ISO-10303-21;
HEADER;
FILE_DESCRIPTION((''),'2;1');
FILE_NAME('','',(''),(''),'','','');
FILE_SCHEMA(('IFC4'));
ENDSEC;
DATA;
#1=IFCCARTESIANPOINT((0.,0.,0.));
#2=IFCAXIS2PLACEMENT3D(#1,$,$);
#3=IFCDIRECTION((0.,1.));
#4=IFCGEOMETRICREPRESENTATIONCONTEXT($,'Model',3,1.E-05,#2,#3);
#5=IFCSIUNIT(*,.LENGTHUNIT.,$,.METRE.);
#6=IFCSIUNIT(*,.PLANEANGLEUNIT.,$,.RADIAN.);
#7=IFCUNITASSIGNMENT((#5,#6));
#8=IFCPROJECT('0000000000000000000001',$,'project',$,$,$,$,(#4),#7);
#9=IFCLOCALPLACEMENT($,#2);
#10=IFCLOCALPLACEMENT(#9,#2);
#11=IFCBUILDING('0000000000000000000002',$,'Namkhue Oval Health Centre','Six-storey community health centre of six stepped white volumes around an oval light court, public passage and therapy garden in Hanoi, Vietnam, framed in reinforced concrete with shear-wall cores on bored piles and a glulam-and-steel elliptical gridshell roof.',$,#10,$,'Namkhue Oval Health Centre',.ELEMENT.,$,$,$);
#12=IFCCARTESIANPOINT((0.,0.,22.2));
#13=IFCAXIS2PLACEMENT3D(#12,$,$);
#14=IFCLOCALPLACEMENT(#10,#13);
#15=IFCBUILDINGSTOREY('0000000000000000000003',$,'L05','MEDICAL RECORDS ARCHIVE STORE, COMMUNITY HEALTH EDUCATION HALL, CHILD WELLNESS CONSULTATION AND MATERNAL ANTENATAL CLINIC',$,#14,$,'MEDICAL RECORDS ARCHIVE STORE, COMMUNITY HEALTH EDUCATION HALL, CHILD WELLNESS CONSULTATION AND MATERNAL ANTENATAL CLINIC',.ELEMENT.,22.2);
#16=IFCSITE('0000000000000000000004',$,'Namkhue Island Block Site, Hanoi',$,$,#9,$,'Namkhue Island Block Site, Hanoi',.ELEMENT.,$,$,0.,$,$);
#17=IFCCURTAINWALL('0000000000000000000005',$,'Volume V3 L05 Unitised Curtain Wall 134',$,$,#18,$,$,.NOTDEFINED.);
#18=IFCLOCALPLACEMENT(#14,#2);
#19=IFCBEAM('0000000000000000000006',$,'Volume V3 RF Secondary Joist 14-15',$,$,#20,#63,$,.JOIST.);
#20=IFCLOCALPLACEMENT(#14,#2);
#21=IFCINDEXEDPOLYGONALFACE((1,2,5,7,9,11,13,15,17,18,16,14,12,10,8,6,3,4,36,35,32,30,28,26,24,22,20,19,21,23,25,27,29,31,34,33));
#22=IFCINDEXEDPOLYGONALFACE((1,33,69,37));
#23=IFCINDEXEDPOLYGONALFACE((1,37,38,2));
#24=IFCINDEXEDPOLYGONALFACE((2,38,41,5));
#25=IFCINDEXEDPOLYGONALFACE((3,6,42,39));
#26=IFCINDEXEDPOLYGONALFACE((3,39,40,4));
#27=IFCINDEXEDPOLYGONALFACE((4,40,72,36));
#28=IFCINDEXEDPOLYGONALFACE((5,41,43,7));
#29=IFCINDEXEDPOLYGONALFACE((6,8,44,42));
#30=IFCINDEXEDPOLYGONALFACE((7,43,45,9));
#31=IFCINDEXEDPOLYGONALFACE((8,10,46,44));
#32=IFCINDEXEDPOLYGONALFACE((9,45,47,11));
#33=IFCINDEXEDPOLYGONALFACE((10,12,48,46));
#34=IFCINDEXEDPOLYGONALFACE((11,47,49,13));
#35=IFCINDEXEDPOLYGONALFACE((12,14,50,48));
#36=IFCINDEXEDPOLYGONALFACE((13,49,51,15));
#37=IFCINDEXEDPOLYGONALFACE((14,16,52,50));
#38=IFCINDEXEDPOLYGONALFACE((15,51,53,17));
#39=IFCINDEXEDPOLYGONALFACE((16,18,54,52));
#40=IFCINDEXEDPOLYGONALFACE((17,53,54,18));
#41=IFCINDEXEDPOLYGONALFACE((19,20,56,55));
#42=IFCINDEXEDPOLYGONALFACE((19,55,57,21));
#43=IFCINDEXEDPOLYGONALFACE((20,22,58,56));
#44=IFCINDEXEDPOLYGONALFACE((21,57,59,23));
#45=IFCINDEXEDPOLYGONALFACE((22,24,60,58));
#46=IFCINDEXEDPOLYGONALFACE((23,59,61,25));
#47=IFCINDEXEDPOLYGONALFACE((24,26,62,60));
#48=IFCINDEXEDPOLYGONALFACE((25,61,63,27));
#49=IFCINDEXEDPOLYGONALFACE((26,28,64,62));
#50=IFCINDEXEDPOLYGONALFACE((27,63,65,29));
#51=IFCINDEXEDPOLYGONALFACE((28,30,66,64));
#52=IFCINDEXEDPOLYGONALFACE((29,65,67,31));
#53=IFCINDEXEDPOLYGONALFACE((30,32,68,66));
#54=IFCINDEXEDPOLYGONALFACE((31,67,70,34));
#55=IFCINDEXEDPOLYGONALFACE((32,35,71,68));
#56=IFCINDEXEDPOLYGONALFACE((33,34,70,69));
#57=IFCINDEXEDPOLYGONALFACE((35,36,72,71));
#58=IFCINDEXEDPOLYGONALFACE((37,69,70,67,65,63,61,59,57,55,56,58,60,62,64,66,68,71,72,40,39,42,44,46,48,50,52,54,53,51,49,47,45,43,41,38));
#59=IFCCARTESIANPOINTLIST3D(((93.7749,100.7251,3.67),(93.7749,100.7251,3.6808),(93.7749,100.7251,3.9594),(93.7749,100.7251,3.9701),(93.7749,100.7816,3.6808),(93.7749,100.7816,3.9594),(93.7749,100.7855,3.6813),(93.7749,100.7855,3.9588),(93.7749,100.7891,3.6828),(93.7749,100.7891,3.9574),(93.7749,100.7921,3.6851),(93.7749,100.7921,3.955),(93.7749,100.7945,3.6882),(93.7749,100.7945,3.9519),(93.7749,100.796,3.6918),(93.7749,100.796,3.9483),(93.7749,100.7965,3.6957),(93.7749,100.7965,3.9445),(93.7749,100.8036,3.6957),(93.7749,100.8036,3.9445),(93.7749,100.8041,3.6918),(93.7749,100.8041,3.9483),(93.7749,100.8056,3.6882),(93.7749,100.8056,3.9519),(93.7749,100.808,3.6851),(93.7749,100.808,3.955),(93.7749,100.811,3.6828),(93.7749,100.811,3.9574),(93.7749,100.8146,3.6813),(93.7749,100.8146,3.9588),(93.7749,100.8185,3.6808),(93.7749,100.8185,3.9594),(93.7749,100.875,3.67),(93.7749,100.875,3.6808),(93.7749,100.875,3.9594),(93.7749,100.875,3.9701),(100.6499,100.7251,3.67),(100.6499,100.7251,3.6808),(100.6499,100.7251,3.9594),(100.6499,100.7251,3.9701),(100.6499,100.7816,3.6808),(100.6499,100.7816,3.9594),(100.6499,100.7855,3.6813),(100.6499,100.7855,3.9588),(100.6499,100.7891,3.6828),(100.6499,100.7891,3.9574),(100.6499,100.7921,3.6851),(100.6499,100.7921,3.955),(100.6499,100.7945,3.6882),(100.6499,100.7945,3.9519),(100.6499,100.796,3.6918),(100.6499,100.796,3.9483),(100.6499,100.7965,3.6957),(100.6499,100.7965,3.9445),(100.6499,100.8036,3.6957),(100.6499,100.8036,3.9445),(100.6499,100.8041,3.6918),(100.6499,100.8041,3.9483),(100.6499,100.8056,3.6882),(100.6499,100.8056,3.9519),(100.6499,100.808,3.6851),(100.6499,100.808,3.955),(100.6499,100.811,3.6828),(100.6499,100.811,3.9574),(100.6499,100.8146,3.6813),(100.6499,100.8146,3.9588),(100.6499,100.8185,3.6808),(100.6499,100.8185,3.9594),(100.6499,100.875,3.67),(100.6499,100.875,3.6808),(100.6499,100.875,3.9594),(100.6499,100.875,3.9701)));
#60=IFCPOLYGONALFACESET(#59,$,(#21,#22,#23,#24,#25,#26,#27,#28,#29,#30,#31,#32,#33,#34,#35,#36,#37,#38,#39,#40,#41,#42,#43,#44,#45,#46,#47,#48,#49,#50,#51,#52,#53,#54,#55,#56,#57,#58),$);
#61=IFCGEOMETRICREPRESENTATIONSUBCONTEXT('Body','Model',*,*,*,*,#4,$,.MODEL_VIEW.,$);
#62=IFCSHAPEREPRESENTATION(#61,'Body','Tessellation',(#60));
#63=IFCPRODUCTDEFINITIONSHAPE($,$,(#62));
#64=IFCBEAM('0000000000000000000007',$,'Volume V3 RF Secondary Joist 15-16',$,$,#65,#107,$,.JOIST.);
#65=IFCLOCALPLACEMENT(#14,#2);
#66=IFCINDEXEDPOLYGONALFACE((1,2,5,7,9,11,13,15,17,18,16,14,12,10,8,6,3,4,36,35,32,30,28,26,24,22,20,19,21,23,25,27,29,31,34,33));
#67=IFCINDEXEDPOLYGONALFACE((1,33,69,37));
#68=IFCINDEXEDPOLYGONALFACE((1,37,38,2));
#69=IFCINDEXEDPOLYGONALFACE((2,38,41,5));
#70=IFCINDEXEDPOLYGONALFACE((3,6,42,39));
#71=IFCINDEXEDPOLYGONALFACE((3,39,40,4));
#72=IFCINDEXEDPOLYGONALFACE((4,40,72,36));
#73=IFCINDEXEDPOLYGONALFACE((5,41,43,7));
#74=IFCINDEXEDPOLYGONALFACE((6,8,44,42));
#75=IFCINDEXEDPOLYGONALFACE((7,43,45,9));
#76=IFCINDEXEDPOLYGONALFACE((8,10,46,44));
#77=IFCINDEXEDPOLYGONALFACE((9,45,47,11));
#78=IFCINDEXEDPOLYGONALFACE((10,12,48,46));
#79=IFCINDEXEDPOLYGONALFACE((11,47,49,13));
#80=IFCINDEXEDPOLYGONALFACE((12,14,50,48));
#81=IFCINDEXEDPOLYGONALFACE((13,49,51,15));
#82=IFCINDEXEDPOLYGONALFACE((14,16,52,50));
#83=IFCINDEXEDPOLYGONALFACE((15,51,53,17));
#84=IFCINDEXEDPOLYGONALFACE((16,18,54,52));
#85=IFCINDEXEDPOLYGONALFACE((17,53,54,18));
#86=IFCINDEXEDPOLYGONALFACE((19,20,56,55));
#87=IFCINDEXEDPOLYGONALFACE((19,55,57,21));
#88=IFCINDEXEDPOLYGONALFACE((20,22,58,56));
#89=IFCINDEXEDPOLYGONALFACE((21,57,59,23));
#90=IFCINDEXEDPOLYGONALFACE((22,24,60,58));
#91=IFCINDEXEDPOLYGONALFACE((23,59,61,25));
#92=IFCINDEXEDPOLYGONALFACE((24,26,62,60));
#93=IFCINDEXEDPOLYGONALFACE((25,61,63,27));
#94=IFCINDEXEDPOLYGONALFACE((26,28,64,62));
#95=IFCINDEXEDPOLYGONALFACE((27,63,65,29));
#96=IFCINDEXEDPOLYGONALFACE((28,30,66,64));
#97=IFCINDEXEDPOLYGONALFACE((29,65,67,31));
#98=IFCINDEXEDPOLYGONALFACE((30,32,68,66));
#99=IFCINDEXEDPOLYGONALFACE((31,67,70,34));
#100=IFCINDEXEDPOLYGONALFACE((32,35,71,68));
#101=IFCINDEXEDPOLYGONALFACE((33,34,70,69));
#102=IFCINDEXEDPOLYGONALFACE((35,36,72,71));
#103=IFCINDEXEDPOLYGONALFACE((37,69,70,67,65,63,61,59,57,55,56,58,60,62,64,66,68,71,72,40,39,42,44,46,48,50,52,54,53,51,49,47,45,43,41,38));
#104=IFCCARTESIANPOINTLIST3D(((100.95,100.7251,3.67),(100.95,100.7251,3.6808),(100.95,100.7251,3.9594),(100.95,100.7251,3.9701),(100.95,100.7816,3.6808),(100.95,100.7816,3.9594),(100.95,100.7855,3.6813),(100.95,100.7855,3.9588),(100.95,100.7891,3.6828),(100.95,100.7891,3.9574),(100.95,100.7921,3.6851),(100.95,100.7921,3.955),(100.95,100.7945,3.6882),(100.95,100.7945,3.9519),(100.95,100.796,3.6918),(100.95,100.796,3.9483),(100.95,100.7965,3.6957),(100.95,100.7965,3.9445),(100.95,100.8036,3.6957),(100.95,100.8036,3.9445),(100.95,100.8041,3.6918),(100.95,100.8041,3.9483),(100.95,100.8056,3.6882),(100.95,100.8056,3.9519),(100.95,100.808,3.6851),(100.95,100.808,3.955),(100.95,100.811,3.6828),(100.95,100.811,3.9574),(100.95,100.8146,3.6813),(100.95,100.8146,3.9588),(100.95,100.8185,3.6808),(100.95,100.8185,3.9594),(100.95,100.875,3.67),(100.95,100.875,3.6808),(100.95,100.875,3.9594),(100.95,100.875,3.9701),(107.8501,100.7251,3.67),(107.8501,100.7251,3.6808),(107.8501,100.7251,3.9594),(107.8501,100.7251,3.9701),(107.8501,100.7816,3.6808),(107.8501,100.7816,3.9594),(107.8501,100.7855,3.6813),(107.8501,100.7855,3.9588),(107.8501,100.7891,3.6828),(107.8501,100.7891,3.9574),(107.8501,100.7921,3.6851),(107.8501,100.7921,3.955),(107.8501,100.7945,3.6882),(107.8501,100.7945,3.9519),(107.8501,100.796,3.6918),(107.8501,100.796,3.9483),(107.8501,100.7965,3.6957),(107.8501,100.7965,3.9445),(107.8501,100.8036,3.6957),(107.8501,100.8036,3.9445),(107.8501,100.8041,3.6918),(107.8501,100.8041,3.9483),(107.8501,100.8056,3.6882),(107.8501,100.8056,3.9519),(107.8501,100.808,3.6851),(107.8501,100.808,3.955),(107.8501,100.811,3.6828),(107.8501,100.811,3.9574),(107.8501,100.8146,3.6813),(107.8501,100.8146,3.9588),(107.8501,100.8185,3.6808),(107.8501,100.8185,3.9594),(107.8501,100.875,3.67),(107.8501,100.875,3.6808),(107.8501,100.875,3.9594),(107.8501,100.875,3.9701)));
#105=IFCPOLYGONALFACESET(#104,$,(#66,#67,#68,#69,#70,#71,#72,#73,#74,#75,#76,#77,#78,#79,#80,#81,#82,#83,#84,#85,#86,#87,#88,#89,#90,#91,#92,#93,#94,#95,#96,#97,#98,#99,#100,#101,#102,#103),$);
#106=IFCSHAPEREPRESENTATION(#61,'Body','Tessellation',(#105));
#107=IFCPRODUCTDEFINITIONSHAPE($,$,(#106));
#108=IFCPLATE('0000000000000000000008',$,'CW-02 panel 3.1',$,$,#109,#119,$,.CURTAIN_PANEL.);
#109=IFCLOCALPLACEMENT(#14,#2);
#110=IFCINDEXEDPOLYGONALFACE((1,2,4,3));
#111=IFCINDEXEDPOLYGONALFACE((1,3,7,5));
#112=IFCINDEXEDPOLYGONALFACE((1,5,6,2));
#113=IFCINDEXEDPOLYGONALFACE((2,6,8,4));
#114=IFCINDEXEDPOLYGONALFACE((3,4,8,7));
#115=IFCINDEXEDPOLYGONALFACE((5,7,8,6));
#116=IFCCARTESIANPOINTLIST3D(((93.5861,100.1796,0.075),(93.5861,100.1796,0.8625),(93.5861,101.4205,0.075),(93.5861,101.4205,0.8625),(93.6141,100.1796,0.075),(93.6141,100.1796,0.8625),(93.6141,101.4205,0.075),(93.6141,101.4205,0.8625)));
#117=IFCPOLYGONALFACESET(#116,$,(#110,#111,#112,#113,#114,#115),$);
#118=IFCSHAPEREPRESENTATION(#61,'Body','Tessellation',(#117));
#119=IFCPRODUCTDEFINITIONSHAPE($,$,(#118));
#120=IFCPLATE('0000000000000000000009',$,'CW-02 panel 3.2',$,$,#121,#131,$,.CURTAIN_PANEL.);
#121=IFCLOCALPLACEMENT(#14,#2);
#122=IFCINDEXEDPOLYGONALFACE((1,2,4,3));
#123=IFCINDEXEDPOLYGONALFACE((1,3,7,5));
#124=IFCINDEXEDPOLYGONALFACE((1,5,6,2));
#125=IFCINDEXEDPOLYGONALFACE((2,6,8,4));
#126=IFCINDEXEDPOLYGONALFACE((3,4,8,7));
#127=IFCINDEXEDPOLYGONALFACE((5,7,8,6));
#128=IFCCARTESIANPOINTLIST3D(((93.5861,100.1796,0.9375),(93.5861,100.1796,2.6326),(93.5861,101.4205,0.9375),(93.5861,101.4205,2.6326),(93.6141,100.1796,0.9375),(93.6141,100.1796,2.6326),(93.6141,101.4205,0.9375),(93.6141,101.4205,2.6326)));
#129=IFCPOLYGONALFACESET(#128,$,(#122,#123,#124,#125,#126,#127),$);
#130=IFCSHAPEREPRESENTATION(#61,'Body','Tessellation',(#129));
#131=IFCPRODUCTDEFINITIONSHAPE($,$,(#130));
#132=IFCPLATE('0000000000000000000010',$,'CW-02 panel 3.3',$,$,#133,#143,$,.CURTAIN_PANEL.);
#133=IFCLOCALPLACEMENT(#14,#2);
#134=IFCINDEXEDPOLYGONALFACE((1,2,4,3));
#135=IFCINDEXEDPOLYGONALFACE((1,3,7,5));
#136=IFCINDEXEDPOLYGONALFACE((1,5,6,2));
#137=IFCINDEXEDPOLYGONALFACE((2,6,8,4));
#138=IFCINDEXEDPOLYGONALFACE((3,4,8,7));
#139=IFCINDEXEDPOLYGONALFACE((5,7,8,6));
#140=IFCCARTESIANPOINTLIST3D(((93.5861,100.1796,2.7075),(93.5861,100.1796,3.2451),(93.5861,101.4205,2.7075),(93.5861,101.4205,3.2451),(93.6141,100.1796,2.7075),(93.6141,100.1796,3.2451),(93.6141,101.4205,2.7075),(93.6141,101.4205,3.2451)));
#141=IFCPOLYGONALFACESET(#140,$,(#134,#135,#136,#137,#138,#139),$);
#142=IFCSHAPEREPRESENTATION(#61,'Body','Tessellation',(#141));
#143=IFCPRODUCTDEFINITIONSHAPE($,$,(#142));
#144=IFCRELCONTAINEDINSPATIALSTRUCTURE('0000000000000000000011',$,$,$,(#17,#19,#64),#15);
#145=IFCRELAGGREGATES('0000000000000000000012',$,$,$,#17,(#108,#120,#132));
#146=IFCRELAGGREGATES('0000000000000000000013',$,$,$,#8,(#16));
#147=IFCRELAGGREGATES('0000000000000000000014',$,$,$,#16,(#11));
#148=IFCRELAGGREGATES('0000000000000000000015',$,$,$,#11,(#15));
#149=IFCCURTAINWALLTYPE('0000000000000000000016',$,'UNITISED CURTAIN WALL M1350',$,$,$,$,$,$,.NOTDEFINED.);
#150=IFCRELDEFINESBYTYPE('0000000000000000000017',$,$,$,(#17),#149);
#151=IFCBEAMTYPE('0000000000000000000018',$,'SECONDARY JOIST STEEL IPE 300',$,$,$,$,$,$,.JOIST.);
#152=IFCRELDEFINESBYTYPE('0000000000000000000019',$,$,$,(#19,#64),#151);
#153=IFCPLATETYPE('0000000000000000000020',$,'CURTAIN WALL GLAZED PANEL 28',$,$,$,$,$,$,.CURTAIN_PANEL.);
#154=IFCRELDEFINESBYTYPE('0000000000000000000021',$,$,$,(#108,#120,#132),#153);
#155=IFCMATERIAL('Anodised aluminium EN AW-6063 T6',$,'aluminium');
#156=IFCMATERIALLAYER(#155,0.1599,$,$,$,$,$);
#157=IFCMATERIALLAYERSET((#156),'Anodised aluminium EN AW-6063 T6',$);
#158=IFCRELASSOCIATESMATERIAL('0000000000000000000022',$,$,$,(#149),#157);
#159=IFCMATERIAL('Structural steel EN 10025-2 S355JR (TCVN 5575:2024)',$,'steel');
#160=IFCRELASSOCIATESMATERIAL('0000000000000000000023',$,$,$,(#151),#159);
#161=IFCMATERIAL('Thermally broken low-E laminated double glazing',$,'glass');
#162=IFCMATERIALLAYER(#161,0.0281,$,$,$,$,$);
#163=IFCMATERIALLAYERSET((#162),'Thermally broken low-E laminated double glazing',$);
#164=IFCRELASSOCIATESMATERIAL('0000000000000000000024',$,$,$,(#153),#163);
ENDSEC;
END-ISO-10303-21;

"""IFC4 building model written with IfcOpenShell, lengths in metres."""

from ifc_helpers import new_model, si_unit, direction, frame, origin, origin_2d, place, context, subcontext, project, spatial, rectangle, i_section, extrude, material, layer, layer_set, material_profile, profile_set, type_object, element, aggregate, save


model = new_model("IFC4")

# Units and contexts
model_context = context("Model", 3, precision=1e-05, world=origin(), true_north=direction((0.0, 1.0)))
body_context = subcontext(model_context, "Body", "Model", "MODEL_VIEW")
ifc_project = project(units=[si_unit("LENGTHUNIT", "METRE"), si_unit("PLANEANGLEUNIT", "RADIAN")], contexts=[model_context])

# Site, building, storey
site_placement = place(None, origin())
site = spatial("IfcSite", under=ifc_project, at=site_placement, Name="Namkhue Island Block Site, Hanoi", LongName="Namkhue Island Block Site, Hanoi", CompositionType="ELEMENT", RefElevation=0.0)
building_placement = place(site_placement, origin())
building = spatial("IfcBuilding", under=site, at=building_placement, Name="Namkhue Oval Health Centre", Description="Six-storey community health centre of six stepped white volumes around an oval light court, public passage and therapy garden in Hanoi, Vietnam, framed in reinforced concrete with shear-wall cores on bored piles and a glulam-and-steel elliptical gridshell roof.", LongName="Namkhue Oval Health Centre", CompositionType="ELEMENT")
storey_placement = place(building_placement, frame((0.0, 0.0, 22.2)))
storey = spatial("IfcBuildingStorey", under=building, at=storey_placement, Name="L05", Description="MEDICAL RECORDS ARCHIVE STORE, COMMUNITY HEALTH EDUCATION HALL, CHILD WELLNESS CONSULTATION AND MATERNAL ANTENATAL CLINIC", LongName="MEDICAL RECORDS ARCHIVE STORE, COMMUNITY HEALTH EDUCATION HALL, CHILD WELLNESS CONSULTATION AND MATERNAL ANTENATAL CLINIC", CompositionType="ELEMENT", Elevation=22.2)

# Curtain wall
ifc_material_1 = material(Name="Anodised aluminium EN AW-6063 T6", Category="aluminium")
ifc_layer_1 = layer(ifc_material_1, 0.1599)
ifc_layer_set_1 = layer_set([ifc_layer_1], Name="Anodised aluminium EN AW-6063 T6")
curtain_wall_type = type_object("IfcCurtainWallType", Name="UNITISED CURTAIN WALL M1350", PredefinedType="NOTDEFINED", material=ifc_layer_set_1)
curtain_wall_placement = place(storey_placement, origin())
curtain_wall = element("IfcCurtainWall", 1, at=curtain_wall_placement, inside=storey, type_object=curtain_wall_type, Name="Volume V3 L05 Unitised Curtain Wall 134", PredefinedType="NOTDEFINED")

# Beams
ifc_material_2 = material(Name="Structural steel EN 10025-2 S355JR (TCVN 5575:2024)", Category="steel")
ifc_material_profile_1 = material_profile(ifc_material_2, i_section(OverallWidth=0.1499, OverallDepth=0.3, WebThickness=0.0071, FlangeThickness=0.0107, FilletRadius=0.0149, at=origin_2d()), Name="IPE 300")
ifc_profile_set_1 = profile_set([ifc_material_profile_1], Name="Structural steel EN 10025-2 S355JR (TCVN 5575:2024)")
beam_type_1 = type_object("IfcBeamType", Name="SECONDARY JOIST STEEL IPE 300", PredefinedType="JOIST", material=ifc_profile_set_1)
beam_1_placement = place(storey_placement, frame((93.7749, 100.8, 3.8201), z_axis=(1.0, 0.0, 0.0), x_axis=(0.0, 1.0, 0.0)))
element("IfcBeam", 2, at=beam_1_placement, inside=storey, type_object=beam_type_1, Name="Volume V3 RF Secondary Joist 14-15", PredefinedType="JOIST", context=body_context, shape_type="SweptSolid", body=[
    extrude(i_section(OverallWidth=0.1499, OverallDepth=0.3, WebThickness=0.0071, FlangeThickness=0.0107, FilletRadius=0.0149, at=origin_2d()), origin(), (0.0, 0.0, 1.0), 6.875),
])
beam_2_placement = place(storey_placement, frame((100.95, 100.8, 3.8201), z_axis=(1.0, 0.0, 0.0), x_axis=(0.0, 1.0, 0.0)))
element("IfcBeam", 3, at=beam_2_placement, inside=storey, type_object=beam_type_1, Name="Volume V3 RF Secondary Joist 15-16", PredefinedType="JOIST", context=body_context, shape_type="SweptSolid", body=[
    extrude(i_section(OverallWidth=0.1499, OverallDepth=0.3, WebThickness=0.0071, FlangeThickness=0.0107, FilletRadius=0.0149, at=origin_2d()), origin(), (0.0, 0.0, 1.0), 6.9001),
])

# Plates
ifc_material_3 = material(Name="Thermally broken low-E laminated double glazing", Category="glass")
ifc_layer_2 = layer(ifc_material_3, 0.0281)
ifc_layer_set_2 = layer_set([ifc_layer_2], Name="Thermally broken low-E laminated double glazing")
plate_type = type_object("IfcPlateType", Name="CURTAIN WALL GLAZED PANEL 28", PredefinedType="CURTAIN_PANEL", material=ifc_layer_set_2)
plate_1_placement = place(storey_placement, frame((93.6001, 100.8, 0.075), z_axis=(0.0, 0.0, 1.0), x_axis=(0.0, -1.0, 0.0)))
plate_1 = element("IfcPlate", 4, at=plate_1_placement, type_object=plate_type, Name="CW-02 panel 3.1", PredefinedType="CURTAIN_PANEL", context=body_context, shape_type="SweptSolid", body=[
    extrude(rectangle(XDim=1.241, YDim=0.0281, at=origin_2d()), origin(), (0.0, 0.0, 1.0), 0.7876),
])
plate_2_placement = place(storey_placement, frame((93.6001, 100.8, 0.9375), z_axis=(0.0, 0.0, 1.0), x_axis=(0.0, -1.0, 0.0)))
plate_2 = element("IfcPlate", 5, at=plate_2_placement, type_object=plate_type, Name="CW-02 panel 3.2", PredefinedType="CURTAIN_PANEL", context=body_context, shape_type="SweptSolid", body=[
    extrude(rectangle(XDim=1.241, YDim=0.0281, at=origin_2d()), origin(), (0.0, 0.0, 1.0), 1.6951),
])
plate_3_placement = place(storey_placement, frame((93.6001, 100.8, 2.7075), z_axis=(0.0, 0.0, 1.0), x_axis=(0.0, -1.0, 0.0)))
plate_3 = element("IfcPlate", 6, at=plate_3_placement, type_object=plate_type, Name="CW-02 panel 3.3", PredefinedType="CURTAIN_PANEL", context=body_context, shape_type="SweptSolid", body=[
    extrude(rectangle(XDim=1.241, YDim=0.0281, at=origin_2d()), origin(), (0.0, 0.0, 1.0), 0.5376),
])
aggregate(curtain_wall, [plate_1, plate_2, plate_3])

save(model, "model.ifc")
